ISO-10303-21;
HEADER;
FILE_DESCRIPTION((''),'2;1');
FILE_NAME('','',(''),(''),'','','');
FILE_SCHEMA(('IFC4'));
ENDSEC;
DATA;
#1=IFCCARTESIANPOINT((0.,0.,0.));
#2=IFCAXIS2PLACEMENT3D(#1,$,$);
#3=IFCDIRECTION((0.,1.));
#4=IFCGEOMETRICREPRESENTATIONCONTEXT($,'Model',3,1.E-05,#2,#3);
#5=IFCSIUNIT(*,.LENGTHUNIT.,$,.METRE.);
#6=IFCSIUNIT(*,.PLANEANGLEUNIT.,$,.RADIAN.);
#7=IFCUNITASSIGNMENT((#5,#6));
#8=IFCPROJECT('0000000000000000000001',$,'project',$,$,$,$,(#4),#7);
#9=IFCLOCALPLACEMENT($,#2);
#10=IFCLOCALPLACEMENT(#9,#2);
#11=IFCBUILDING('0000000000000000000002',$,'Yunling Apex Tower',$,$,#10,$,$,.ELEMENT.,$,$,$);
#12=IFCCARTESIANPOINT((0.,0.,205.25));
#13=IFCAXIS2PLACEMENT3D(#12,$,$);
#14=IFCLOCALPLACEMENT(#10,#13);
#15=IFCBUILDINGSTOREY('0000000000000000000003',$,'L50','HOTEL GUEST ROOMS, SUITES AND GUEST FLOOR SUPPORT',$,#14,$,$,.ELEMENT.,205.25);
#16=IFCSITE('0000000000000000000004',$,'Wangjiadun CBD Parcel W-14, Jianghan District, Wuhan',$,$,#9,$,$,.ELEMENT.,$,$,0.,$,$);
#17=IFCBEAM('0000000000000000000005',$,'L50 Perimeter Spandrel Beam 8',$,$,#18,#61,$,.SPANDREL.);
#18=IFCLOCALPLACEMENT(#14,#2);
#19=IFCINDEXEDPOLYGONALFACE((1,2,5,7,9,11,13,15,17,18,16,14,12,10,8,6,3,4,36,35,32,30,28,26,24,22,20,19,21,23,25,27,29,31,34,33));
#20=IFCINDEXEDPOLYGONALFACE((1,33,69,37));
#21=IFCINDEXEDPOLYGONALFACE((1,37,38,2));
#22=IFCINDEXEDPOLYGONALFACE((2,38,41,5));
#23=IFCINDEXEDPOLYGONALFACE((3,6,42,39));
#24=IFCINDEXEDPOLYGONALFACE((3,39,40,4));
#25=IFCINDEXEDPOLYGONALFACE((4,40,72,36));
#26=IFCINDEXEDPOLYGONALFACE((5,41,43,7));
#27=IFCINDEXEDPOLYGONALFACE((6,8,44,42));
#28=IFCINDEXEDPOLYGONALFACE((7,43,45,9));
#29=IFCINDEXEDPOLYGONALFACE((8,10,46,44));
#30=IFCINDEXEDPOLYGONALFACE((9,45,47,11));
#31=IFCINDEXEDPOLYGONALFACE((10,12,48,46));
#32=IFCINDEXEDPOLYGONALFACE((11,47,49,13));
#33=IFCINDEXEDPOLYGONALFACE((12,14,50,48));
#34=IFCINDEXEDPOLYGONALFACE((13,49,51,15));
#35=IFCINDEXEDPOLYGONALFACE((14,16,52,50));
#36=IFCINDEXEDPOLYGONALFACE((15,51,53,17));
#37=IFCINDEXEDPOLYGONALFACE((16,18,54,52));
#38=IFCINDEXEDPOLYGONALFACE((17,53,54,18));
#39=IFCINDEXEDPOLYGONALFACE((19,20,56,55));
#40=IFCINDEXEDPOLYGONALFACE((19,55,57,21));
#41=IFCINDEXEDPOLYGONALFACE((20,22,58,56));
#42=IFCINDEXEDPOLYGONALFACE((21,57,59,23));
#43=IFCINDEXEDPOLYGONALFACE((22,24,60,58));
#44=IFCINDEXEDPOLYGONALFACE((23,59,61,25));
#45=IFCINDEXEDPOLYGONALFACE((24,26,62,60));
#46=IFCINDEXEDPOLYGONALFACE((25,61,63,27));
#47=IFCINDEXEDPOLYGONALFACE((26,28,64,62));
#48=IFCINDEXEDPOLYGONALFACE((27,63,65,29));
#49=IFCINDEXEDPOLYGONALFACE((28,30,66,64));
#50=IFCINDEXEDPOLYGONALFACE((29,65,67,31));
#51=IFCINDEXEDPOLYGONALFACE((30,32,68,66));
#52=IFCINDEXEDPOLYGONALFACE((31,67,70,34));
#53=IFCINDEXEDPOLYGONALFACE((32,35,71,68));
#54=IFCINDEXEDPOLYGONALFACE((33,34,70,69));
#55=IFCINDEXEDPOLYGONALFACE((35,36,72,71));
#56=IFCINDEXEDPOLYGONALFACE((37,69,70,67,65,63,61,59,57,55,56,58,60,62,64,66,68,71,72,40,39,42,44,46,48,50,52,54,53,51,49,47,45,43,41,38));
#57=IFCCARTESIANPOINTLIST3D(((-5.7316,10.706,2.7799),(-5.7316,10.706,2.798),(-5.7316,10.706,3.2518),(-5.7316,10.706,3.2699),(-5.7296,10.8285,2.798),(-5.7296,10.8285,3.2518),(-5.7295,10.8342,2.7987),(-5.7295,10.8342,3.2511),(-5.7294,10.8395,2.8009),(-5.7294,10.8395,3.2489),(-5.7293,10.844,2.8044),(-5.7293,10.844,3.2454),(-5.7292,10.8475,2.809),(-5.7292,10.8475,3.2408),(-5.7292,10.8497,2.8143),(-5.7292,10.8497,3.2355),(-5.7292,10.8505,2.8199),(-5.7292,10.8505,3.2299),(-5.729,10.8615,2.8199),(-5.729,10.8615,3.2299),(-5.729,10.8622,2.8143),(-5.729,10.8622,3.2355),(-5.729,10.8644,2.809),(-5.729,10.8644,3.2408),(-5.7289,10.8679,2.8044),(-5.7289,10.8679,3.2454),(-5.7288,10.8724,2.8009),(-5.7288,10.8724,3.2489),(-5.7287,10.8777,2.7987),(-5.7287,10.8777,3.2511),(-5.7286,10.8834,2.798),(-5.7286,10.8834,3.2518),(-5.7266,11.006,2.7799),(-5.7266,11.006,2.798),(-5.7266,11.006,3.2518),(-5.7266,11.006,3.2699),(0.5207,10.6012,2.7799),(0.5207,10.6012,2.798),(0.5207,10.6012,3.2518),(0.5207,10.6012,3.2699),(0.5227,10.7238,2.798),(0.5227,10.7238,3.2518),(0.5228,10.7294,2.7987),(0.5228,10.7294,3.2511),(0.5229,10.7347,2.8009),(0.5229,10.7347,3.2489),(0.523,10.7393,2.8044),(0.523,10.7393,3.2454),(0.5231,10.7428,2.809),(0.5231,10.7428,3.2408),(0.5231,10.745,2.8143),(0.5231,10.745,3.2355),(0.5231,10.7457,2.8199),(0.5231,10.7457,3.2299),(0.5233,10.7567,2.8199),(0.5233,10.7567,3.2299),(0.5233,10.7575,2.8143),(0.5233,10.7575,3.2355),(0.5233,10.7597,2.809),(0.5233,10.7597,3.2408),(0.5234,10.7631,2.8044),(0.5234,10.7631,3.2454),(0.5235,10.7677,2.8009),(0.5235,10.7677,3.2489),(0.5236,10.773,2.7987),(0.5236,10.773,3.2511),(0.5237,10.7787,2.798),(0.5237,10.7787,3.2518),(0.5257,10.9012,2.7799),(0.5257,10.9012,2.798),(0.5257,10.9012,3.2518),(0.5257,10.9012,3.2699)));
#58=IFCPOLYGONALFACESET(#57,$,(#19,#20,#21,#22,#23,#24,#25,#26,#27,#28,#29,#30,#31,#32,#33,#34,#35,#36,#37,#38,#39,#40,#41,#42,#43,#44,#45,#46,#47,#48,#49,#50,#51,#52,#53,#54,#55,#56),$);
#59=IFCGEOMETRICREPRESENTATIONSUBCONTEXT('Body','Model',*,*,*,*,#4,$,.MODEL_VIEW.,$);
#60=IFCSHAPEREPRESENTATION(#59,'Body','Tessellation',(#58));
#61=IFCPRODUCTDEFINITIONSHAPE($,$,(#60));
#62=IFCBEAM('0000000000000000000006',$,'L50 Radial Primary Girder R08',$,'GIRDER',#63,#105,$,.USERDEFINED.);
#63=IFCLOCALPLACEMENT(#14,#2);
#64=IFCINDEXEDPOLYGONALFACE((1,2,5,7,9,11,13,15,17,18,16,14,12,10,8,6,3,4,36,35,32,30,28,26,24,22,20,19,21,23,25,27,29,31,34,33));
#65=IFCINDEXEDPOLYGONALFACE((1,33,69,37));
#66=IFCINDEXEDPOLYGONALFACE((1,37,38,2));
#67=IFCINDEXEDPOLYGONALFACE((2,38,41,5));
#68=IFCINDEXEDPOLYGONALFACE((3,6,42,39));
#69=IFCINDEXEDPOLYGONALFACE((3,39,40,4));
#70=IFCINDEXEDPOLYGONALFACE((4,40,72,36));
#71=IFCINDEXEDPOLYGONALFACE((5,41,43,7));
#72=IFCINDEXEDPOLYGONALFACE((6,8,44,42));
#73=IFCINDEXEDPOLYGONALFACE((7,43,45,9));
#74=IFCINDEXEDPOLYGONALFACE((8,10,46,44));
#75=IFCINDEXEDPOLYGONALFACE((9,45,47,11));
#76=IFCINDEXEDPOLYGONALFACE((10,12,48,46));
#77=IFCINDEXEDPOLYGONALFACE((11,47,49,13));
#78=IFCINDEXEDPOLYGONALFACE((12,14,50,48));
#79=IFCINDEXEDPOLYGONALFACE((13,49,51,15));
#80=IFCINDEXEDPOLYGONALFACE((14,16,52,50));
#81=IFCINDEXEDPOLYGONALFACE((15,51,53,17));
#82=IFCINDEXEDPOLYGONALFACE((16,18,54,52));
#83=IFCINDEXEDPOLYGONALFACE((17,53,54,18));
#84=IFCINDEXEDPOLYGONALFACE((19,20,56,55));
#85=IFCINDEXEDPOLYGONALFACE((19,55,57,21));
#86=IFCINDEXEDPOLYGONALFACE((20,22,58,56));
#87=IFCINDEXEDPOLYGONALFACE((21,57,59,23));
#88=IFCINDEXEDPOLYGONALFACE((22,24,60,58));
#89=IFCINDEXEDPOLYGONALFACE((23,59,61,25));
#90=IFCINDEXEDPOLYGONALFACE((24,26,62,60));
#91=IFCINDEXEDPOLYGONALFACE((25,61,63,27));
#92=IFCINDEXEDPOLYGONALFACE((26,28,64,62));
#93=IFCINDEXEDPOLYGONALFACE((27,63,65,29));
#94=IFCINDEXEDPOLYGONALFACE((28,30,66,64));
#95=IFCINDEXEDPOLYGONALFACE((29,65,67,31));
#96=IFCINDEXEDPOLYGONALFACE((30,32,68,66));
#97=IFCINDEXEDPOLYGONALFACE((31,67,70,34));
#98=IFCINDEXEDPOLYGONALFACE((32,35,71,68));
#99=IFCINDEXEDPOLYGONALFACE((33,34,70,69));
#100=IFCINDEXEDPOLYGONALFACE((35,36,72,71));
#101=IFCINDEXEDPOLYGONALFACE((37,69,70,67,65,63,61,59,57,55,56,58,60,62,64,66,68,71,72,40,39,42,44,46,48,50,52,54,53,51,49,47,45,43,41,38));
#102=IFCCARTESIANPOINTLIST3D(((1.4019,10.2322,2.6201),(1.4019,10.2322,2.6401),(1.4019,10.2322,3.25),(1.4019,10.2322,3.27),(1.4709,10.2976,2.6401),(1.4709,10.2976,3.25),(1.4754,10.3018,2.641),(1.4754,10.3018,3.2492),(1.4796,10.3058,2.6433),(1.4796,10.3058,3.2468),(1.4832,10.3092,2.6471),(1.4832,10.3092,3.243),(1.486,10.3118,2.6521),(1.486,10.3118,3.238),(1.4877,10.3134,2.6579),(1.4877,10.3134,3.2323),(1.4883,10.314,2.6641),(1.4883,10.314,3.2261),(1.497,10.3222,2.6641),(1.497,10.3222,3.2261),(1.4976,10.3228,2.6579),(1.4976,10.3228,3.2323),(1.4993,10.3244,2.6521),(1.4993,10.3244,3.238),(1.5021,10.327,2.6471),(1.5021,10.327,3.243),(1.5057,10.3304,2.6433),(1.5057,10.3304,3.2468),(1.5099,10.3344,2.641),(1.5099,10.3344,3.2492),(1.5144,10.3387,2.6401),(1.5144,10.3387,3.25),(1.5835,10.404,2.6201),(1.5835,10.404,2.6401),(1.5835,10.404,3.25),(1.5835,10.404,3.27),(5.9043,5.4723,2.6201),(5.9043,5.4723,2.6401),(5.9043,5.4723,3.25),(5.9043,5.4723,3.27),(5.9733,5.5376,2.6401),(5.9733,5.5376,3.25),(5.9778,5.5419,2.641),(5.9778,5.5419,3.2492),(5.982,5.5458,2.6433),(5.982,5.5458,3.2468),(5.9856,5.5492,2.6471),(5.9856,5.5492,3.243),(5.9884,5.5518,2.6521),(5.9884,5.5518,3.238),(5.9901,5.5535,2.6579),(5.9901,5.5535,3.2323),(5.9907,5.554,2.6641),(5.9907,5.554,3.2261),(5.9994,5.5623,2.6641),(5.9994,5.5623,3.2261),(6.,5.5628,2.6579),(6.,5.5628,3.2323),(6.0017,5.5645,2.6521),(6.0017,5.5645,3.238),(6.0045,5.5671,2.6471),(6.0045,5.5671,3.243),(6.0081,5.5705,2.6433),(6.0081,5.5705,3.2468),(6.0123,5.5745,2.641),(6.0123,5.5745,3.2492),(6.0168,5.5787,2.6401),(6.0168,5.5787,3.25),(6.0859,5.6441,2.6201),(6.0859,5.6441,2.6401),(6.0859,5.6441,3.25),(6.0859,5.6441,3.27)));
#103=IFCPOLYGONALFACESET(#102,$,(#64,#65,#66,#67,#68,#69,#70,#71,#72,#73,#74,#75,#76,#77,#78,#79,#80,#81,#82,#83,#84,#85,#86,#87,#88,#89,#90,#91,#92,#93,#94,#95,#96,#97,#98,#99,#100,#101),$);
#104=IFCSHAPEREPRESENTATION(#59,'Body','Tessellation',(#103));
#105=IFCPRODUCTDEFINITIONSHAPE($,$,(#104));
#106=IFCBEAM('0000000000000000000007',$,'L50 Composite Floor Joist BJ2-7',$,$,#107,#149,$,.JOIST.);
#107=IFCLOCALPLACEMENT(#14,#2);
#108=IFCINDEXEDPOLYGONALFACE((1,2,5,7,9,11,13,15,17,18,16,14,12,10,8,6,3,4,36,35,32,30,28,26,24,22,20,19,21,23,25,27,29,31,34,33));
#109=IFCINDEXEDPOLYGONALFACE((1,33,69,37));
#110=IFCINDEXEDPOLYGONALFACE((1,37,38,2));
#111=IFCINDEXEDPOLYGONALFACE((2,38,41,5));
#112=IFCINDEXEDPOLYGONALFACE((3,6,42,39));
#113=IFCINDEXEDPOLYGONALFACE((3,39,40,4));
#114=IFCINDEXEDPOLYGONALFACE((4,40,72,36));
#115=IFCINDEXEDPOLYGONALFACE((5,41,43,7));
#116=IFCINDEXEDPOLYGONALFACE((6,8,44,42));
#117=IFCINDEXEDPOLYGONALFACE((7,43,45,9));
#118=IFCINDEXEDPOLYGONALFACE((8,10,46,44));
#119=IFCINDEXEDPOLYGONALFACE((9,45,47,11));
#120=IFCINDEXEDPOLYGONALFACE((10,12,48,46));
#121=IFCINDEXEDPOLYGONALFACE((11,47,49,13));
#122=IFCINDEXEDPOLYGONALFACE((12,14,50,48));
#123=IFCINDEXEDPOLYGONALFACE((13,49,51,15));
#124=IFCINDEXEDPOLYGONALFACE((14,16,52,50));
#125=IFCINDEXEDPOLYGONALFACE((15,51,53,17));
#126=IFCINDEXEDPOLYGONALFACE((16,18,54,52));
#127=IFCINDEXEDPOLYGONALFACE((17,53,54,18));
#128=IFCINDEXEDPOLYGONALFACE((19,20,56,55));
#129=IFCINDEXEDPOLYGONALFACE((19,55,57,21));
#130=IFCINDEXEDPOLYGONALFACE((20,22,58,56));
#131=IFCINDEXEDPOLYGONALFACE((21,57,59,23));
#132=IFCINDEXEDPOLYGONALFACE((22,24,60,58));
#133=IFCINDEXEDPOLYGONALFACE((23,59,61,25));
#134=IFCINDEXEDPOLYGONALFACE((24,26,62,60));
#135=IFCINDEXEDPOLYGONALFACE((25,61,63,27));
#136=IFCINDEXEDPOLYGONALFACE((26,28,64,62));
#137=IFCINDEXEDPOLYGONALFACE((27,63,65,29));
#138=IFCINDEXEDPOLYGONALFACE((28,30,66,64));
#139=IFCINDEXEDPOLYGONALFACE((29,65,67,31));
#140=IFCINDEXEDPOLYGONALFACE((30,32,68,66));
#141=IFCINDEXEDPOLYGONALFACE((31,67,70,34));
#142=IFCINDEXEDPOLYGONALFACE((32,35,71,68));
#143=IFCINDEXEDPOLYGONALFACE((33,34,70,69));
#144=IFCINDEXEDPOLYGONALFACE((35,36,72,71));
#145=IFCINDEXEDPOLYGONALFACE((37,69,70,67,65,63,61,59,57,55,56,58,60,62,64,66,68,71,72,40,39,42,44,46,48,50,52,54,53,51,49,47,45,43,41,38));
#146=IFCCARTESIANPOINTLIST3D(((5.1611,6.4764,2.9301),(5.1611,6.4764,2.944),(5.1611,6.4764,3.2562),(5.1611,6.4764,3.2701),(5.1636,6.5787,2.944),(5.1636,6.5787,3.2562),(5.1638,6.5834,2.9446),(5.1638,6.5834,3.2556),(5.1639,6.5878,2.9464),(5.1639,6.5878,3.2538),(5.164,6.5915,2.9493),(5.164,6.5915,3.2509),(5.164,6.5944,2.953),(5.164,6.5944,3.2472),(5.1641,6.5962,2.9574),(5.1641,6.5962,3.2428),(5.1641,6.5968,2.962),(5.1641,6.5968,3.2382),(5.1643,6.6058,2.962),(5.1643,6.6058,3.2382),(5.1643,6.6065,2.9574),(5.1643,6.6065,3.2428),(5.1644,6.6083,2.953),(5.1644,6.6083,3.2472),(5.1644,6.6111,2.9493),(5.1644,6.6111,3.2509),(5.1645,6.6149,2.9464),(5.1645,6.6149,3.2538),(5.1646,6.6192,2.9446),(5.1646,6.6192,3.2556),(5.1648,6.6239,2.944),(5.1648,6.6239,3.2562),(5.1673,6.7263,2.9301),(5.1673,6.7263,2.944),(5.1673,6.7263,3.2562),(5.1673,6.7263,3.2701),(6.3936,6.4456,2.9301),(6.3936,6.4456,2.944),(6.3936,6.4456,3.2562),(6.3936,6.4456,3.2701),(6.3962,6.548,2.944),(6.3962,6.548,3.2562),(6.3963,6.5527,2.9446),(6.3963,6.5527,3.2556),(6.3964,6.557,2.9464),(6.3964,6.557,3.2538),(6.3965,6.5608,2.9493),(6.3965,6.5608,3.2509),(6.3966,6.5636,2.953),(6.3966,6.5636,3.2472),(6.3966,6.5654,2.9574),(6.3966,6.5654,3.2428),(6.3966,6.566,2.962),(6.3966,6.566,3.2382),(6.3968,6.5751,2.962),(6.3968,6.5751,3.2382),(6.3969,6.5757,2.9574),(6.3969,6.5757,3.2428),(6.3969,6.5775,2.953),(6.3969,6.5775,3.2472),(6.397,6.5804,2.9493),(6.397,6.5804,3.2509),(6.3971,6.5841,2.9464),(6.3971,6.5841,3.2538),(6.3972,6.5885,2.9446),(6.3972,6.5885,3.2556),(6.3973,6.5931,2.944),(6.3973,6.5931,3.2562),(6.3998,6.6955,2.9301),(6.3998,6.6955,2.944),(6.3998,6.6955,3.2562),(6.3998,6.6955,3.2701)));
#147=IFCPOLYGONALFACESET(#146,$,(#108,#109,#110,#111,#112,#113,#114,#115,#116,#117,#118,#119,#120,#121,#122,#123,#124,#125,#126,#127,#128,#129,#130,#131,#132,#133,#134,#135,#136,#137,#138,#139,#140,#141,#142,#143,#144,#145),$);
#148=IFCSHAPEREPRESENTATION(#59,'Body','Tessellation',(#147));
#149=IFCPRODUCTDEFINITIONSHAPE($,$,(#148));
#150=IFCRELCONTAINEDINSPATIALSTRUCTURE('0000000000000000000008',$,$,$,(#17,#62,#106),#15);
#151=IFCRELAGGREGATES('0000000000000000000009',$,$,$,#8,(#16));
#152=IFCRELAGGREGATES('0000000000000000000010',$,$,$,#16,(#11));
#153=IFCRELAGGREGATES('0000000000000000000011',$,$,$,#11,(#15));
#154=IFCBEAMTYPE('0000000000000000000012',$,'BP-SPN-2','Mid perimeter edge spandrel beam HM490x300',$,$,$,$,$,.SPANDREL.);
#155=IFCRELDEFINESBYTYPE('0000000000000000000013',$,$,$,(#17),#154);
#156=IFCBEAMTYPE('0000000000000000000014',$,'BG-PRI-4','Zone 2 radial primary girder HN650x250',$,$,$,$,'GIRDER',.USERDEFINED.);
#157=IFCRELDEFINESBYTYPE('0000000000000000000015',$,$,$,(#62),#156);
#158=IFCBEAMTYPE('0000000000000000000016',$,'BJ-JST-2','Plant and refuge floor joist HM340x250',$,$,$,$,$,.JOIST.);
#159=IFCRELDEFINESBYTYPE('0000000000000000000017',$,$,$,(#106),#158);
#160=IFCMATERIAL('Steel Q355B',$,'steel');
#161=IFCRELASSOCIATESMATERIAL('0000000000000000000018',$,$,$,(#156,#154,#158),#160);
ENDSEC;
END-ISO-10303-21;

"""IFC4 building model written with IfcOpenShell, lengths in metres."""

from ifc_helpers import new_model, si_unit, direction, frame, origin, origin_2d, place, context, subcontext, project, spatial, i_section, extrude, source, transform, mapped, material, material_profile, profile_set, type_object, element, save


model = new_model("IFC4")

# Units and contexts
model_context = context("Model", 3, precision=1e-05, world=origin(), true_north=direction((0.0, 1.0)))
body_context = subcontext(model_context, "Body", "Model", "MODEL_VIEW")
ifc_project = project(units=[si_unit("LENGTHUNIT", "METRE"), si_unit("PLANEANGLEUNIT", "RADIAN")], contexts=[model_context])

# Site, building, storey
site_placement = place(None, origin())
site = spatial("IfcSite", under=ifc_project, at=site_placement, Name="Wangjiadun CBD Parcel W-14, Jianghan District, Wuhan", CompositionType="ELEMENT", RefElevation=0.0)
building_placement = place(site_placement, origin())
building = spatial("IfcBuilding", under=site, at=building_placement, Name="Yunling Apex Tower", CompositionType="ELEMENT")
storey_placement = place(building_placement, frame((0.0, 0.0, 205.25)))
storey = spatial("IfcBuildingStorey", under=building, at=storey_placement, Name="L50", Description="HOTEL GUEST ROOMS, SUITES AND GUEST FLOOR SUPPORT", CompositionType="ELEMENT", Elevation=205.25)

# Beams
ifc_material_1 = material(Name="Steel Q355B", Category="steel")
ifc_material_profile_1 = material_profile(ifc_material_1, i_section(OverallWidth=0.25, OverallDepth=0.6499, WebThickness=0.012, FlangeThickness=0.02, FilletRadius=0.0239, at=origin_2d()))
ifc_profile_set_1 = profile_set([ifc_material_profile_1], Name="Steel Q355B")
beam_type_1 = type_object("IfcBeamType", Name="BG-PRI-4", Description="Zone 2 radial primary girder HN650x250", ElementType="GIRDER", PredefinedType="USERDEFINED", material=ifc_profile_set_1)
ifc_material_profile_2 = material_profile(ifc_material_1, i_section(OverallWidth=0.3, OverallDepth=0.49, WebThickness=0.011, FlangeThickness=0.0181, FilletRadius=0.022, at=origin_2d()))
ifc_profile_set_2 = profile_set([ifc_material_profile_2], Name="Steel Q355B")
beam_type_2 = type_object("IfcBeamType", Name="BP-SPN-2", Description="Mid perimeter edge spandrel beam HM490x300", PredefinedType="SPANDREL", material=ifc_profile_set_2)
shared_shape_1 = source(origin(), body_context, "Body", "SweptSolid", [
    extrude(i_section(OverallWidth=0.3, OverallDepth=0.49, WebThickness=0.011, FlangeThickness=0.0181, FilletRadius=0.022, at=origin_2d()), origin(), (0.0, 0.0, 1.0), 6.2532),
])
beam_1_placement = place(storey_placement, frame((0.5232, 10.7512, 3.0249), z_axis=(-0.99986, 0.01675, 0.0), x_axis=(-0.01675, -0.99986, 0.0)))
element("IfcBeam", 1, at=beam_1_placement, inside=storey, type_object=beam_type_2, Name="L50 Perimeter Spandrel Beam 8", PredefinedType="SPANDREL", context=body_context, shape_type="MappedRepresentation", body=[
    mapped(shared_shape_1, transform((0.0, 0.0, 0.0), scale=1.0)),
])
shared_shape_2 = source(origin(), body_context, "Body", "SweptSolid", [
    extrude(i_section(OverallWidth=0.25, OverallDepth=0.6499, WebThickness=0.012, FlangeThickness=0.02, FilletRadius=0.0239, at=origin_2d()), origin(), (0.0, 0.0, 1.0), 6.552),
])
beam_2_placement = place(storey_placement, frame((1.4927, 10.3181, 2.9451), z_axis=(0.687178, -0.726489, 0.0), x_axis=(0.726489, 0.687178, 0.0)))
element("IfcBeam", 2, at=beam_2_placement, inside=storey, type_object=beam_type_1, Name="L50 Radial Primary Girder R08", ObjectType="GIRDER", PredefinedType="USERDEFINED", context=body_context, shape_type="MappedRepresentation", body=[
    mapped(shared_shape_2, transform((0.0, 0.0, 0.0), scale=1.0)),
])
ifc_material_profile_3 = material_profile(ifc_material_1, i_section(OverallWidth=0.25, OverallDepth=0.3401, WebThickness=0.009, FlangeThickness=0.0139, FilletRadius=0.0181, at=origin_2d()))
ifc_profile_set_3 = profile_set([ifc_material_profile_3], Name="Steel Q355B")
beam_type_3 = type_object("IfcBeamType", Name="BJ-JST-2", Description="Plant and refuge floor joist HM340x250", PredefinedType="JOIST", material=ifc_profile_set_3)
shared_shape_3 = source(origin(), body_context, "Body", "SweptSolid", [
    extrude(i_section(OverallWidth=0.25, OverallDepth=0.3401, WebThickness=0.009, FlangeThickness=0.0139, FilletRadius=0.0181, at=origin_2d()), origin(), (0.0, 0.0, 1.0), 1.2329),
])
beam_3_placement = place(storey_placement, frame((6.3967, 6.5706, 3.1001), z_axis=(-0.999689, 0.024953, 0.0), x_axis=(-0.024953, -0.999689, 0.0)))
element("IfcBeam", 3, at=beam_3_placement, inside=storey, type_object=beam_type_3, Name="L50 Composite Floor Joist BJ2-7", PredefinedType="JOIST", context=body_context, shape_type="MappedRepresentation", body=[
    mapped(shared_shape_3, transform((0.0, 0.0, 0.0), scale=1.0)),
])

save(model, "model.ifc")
